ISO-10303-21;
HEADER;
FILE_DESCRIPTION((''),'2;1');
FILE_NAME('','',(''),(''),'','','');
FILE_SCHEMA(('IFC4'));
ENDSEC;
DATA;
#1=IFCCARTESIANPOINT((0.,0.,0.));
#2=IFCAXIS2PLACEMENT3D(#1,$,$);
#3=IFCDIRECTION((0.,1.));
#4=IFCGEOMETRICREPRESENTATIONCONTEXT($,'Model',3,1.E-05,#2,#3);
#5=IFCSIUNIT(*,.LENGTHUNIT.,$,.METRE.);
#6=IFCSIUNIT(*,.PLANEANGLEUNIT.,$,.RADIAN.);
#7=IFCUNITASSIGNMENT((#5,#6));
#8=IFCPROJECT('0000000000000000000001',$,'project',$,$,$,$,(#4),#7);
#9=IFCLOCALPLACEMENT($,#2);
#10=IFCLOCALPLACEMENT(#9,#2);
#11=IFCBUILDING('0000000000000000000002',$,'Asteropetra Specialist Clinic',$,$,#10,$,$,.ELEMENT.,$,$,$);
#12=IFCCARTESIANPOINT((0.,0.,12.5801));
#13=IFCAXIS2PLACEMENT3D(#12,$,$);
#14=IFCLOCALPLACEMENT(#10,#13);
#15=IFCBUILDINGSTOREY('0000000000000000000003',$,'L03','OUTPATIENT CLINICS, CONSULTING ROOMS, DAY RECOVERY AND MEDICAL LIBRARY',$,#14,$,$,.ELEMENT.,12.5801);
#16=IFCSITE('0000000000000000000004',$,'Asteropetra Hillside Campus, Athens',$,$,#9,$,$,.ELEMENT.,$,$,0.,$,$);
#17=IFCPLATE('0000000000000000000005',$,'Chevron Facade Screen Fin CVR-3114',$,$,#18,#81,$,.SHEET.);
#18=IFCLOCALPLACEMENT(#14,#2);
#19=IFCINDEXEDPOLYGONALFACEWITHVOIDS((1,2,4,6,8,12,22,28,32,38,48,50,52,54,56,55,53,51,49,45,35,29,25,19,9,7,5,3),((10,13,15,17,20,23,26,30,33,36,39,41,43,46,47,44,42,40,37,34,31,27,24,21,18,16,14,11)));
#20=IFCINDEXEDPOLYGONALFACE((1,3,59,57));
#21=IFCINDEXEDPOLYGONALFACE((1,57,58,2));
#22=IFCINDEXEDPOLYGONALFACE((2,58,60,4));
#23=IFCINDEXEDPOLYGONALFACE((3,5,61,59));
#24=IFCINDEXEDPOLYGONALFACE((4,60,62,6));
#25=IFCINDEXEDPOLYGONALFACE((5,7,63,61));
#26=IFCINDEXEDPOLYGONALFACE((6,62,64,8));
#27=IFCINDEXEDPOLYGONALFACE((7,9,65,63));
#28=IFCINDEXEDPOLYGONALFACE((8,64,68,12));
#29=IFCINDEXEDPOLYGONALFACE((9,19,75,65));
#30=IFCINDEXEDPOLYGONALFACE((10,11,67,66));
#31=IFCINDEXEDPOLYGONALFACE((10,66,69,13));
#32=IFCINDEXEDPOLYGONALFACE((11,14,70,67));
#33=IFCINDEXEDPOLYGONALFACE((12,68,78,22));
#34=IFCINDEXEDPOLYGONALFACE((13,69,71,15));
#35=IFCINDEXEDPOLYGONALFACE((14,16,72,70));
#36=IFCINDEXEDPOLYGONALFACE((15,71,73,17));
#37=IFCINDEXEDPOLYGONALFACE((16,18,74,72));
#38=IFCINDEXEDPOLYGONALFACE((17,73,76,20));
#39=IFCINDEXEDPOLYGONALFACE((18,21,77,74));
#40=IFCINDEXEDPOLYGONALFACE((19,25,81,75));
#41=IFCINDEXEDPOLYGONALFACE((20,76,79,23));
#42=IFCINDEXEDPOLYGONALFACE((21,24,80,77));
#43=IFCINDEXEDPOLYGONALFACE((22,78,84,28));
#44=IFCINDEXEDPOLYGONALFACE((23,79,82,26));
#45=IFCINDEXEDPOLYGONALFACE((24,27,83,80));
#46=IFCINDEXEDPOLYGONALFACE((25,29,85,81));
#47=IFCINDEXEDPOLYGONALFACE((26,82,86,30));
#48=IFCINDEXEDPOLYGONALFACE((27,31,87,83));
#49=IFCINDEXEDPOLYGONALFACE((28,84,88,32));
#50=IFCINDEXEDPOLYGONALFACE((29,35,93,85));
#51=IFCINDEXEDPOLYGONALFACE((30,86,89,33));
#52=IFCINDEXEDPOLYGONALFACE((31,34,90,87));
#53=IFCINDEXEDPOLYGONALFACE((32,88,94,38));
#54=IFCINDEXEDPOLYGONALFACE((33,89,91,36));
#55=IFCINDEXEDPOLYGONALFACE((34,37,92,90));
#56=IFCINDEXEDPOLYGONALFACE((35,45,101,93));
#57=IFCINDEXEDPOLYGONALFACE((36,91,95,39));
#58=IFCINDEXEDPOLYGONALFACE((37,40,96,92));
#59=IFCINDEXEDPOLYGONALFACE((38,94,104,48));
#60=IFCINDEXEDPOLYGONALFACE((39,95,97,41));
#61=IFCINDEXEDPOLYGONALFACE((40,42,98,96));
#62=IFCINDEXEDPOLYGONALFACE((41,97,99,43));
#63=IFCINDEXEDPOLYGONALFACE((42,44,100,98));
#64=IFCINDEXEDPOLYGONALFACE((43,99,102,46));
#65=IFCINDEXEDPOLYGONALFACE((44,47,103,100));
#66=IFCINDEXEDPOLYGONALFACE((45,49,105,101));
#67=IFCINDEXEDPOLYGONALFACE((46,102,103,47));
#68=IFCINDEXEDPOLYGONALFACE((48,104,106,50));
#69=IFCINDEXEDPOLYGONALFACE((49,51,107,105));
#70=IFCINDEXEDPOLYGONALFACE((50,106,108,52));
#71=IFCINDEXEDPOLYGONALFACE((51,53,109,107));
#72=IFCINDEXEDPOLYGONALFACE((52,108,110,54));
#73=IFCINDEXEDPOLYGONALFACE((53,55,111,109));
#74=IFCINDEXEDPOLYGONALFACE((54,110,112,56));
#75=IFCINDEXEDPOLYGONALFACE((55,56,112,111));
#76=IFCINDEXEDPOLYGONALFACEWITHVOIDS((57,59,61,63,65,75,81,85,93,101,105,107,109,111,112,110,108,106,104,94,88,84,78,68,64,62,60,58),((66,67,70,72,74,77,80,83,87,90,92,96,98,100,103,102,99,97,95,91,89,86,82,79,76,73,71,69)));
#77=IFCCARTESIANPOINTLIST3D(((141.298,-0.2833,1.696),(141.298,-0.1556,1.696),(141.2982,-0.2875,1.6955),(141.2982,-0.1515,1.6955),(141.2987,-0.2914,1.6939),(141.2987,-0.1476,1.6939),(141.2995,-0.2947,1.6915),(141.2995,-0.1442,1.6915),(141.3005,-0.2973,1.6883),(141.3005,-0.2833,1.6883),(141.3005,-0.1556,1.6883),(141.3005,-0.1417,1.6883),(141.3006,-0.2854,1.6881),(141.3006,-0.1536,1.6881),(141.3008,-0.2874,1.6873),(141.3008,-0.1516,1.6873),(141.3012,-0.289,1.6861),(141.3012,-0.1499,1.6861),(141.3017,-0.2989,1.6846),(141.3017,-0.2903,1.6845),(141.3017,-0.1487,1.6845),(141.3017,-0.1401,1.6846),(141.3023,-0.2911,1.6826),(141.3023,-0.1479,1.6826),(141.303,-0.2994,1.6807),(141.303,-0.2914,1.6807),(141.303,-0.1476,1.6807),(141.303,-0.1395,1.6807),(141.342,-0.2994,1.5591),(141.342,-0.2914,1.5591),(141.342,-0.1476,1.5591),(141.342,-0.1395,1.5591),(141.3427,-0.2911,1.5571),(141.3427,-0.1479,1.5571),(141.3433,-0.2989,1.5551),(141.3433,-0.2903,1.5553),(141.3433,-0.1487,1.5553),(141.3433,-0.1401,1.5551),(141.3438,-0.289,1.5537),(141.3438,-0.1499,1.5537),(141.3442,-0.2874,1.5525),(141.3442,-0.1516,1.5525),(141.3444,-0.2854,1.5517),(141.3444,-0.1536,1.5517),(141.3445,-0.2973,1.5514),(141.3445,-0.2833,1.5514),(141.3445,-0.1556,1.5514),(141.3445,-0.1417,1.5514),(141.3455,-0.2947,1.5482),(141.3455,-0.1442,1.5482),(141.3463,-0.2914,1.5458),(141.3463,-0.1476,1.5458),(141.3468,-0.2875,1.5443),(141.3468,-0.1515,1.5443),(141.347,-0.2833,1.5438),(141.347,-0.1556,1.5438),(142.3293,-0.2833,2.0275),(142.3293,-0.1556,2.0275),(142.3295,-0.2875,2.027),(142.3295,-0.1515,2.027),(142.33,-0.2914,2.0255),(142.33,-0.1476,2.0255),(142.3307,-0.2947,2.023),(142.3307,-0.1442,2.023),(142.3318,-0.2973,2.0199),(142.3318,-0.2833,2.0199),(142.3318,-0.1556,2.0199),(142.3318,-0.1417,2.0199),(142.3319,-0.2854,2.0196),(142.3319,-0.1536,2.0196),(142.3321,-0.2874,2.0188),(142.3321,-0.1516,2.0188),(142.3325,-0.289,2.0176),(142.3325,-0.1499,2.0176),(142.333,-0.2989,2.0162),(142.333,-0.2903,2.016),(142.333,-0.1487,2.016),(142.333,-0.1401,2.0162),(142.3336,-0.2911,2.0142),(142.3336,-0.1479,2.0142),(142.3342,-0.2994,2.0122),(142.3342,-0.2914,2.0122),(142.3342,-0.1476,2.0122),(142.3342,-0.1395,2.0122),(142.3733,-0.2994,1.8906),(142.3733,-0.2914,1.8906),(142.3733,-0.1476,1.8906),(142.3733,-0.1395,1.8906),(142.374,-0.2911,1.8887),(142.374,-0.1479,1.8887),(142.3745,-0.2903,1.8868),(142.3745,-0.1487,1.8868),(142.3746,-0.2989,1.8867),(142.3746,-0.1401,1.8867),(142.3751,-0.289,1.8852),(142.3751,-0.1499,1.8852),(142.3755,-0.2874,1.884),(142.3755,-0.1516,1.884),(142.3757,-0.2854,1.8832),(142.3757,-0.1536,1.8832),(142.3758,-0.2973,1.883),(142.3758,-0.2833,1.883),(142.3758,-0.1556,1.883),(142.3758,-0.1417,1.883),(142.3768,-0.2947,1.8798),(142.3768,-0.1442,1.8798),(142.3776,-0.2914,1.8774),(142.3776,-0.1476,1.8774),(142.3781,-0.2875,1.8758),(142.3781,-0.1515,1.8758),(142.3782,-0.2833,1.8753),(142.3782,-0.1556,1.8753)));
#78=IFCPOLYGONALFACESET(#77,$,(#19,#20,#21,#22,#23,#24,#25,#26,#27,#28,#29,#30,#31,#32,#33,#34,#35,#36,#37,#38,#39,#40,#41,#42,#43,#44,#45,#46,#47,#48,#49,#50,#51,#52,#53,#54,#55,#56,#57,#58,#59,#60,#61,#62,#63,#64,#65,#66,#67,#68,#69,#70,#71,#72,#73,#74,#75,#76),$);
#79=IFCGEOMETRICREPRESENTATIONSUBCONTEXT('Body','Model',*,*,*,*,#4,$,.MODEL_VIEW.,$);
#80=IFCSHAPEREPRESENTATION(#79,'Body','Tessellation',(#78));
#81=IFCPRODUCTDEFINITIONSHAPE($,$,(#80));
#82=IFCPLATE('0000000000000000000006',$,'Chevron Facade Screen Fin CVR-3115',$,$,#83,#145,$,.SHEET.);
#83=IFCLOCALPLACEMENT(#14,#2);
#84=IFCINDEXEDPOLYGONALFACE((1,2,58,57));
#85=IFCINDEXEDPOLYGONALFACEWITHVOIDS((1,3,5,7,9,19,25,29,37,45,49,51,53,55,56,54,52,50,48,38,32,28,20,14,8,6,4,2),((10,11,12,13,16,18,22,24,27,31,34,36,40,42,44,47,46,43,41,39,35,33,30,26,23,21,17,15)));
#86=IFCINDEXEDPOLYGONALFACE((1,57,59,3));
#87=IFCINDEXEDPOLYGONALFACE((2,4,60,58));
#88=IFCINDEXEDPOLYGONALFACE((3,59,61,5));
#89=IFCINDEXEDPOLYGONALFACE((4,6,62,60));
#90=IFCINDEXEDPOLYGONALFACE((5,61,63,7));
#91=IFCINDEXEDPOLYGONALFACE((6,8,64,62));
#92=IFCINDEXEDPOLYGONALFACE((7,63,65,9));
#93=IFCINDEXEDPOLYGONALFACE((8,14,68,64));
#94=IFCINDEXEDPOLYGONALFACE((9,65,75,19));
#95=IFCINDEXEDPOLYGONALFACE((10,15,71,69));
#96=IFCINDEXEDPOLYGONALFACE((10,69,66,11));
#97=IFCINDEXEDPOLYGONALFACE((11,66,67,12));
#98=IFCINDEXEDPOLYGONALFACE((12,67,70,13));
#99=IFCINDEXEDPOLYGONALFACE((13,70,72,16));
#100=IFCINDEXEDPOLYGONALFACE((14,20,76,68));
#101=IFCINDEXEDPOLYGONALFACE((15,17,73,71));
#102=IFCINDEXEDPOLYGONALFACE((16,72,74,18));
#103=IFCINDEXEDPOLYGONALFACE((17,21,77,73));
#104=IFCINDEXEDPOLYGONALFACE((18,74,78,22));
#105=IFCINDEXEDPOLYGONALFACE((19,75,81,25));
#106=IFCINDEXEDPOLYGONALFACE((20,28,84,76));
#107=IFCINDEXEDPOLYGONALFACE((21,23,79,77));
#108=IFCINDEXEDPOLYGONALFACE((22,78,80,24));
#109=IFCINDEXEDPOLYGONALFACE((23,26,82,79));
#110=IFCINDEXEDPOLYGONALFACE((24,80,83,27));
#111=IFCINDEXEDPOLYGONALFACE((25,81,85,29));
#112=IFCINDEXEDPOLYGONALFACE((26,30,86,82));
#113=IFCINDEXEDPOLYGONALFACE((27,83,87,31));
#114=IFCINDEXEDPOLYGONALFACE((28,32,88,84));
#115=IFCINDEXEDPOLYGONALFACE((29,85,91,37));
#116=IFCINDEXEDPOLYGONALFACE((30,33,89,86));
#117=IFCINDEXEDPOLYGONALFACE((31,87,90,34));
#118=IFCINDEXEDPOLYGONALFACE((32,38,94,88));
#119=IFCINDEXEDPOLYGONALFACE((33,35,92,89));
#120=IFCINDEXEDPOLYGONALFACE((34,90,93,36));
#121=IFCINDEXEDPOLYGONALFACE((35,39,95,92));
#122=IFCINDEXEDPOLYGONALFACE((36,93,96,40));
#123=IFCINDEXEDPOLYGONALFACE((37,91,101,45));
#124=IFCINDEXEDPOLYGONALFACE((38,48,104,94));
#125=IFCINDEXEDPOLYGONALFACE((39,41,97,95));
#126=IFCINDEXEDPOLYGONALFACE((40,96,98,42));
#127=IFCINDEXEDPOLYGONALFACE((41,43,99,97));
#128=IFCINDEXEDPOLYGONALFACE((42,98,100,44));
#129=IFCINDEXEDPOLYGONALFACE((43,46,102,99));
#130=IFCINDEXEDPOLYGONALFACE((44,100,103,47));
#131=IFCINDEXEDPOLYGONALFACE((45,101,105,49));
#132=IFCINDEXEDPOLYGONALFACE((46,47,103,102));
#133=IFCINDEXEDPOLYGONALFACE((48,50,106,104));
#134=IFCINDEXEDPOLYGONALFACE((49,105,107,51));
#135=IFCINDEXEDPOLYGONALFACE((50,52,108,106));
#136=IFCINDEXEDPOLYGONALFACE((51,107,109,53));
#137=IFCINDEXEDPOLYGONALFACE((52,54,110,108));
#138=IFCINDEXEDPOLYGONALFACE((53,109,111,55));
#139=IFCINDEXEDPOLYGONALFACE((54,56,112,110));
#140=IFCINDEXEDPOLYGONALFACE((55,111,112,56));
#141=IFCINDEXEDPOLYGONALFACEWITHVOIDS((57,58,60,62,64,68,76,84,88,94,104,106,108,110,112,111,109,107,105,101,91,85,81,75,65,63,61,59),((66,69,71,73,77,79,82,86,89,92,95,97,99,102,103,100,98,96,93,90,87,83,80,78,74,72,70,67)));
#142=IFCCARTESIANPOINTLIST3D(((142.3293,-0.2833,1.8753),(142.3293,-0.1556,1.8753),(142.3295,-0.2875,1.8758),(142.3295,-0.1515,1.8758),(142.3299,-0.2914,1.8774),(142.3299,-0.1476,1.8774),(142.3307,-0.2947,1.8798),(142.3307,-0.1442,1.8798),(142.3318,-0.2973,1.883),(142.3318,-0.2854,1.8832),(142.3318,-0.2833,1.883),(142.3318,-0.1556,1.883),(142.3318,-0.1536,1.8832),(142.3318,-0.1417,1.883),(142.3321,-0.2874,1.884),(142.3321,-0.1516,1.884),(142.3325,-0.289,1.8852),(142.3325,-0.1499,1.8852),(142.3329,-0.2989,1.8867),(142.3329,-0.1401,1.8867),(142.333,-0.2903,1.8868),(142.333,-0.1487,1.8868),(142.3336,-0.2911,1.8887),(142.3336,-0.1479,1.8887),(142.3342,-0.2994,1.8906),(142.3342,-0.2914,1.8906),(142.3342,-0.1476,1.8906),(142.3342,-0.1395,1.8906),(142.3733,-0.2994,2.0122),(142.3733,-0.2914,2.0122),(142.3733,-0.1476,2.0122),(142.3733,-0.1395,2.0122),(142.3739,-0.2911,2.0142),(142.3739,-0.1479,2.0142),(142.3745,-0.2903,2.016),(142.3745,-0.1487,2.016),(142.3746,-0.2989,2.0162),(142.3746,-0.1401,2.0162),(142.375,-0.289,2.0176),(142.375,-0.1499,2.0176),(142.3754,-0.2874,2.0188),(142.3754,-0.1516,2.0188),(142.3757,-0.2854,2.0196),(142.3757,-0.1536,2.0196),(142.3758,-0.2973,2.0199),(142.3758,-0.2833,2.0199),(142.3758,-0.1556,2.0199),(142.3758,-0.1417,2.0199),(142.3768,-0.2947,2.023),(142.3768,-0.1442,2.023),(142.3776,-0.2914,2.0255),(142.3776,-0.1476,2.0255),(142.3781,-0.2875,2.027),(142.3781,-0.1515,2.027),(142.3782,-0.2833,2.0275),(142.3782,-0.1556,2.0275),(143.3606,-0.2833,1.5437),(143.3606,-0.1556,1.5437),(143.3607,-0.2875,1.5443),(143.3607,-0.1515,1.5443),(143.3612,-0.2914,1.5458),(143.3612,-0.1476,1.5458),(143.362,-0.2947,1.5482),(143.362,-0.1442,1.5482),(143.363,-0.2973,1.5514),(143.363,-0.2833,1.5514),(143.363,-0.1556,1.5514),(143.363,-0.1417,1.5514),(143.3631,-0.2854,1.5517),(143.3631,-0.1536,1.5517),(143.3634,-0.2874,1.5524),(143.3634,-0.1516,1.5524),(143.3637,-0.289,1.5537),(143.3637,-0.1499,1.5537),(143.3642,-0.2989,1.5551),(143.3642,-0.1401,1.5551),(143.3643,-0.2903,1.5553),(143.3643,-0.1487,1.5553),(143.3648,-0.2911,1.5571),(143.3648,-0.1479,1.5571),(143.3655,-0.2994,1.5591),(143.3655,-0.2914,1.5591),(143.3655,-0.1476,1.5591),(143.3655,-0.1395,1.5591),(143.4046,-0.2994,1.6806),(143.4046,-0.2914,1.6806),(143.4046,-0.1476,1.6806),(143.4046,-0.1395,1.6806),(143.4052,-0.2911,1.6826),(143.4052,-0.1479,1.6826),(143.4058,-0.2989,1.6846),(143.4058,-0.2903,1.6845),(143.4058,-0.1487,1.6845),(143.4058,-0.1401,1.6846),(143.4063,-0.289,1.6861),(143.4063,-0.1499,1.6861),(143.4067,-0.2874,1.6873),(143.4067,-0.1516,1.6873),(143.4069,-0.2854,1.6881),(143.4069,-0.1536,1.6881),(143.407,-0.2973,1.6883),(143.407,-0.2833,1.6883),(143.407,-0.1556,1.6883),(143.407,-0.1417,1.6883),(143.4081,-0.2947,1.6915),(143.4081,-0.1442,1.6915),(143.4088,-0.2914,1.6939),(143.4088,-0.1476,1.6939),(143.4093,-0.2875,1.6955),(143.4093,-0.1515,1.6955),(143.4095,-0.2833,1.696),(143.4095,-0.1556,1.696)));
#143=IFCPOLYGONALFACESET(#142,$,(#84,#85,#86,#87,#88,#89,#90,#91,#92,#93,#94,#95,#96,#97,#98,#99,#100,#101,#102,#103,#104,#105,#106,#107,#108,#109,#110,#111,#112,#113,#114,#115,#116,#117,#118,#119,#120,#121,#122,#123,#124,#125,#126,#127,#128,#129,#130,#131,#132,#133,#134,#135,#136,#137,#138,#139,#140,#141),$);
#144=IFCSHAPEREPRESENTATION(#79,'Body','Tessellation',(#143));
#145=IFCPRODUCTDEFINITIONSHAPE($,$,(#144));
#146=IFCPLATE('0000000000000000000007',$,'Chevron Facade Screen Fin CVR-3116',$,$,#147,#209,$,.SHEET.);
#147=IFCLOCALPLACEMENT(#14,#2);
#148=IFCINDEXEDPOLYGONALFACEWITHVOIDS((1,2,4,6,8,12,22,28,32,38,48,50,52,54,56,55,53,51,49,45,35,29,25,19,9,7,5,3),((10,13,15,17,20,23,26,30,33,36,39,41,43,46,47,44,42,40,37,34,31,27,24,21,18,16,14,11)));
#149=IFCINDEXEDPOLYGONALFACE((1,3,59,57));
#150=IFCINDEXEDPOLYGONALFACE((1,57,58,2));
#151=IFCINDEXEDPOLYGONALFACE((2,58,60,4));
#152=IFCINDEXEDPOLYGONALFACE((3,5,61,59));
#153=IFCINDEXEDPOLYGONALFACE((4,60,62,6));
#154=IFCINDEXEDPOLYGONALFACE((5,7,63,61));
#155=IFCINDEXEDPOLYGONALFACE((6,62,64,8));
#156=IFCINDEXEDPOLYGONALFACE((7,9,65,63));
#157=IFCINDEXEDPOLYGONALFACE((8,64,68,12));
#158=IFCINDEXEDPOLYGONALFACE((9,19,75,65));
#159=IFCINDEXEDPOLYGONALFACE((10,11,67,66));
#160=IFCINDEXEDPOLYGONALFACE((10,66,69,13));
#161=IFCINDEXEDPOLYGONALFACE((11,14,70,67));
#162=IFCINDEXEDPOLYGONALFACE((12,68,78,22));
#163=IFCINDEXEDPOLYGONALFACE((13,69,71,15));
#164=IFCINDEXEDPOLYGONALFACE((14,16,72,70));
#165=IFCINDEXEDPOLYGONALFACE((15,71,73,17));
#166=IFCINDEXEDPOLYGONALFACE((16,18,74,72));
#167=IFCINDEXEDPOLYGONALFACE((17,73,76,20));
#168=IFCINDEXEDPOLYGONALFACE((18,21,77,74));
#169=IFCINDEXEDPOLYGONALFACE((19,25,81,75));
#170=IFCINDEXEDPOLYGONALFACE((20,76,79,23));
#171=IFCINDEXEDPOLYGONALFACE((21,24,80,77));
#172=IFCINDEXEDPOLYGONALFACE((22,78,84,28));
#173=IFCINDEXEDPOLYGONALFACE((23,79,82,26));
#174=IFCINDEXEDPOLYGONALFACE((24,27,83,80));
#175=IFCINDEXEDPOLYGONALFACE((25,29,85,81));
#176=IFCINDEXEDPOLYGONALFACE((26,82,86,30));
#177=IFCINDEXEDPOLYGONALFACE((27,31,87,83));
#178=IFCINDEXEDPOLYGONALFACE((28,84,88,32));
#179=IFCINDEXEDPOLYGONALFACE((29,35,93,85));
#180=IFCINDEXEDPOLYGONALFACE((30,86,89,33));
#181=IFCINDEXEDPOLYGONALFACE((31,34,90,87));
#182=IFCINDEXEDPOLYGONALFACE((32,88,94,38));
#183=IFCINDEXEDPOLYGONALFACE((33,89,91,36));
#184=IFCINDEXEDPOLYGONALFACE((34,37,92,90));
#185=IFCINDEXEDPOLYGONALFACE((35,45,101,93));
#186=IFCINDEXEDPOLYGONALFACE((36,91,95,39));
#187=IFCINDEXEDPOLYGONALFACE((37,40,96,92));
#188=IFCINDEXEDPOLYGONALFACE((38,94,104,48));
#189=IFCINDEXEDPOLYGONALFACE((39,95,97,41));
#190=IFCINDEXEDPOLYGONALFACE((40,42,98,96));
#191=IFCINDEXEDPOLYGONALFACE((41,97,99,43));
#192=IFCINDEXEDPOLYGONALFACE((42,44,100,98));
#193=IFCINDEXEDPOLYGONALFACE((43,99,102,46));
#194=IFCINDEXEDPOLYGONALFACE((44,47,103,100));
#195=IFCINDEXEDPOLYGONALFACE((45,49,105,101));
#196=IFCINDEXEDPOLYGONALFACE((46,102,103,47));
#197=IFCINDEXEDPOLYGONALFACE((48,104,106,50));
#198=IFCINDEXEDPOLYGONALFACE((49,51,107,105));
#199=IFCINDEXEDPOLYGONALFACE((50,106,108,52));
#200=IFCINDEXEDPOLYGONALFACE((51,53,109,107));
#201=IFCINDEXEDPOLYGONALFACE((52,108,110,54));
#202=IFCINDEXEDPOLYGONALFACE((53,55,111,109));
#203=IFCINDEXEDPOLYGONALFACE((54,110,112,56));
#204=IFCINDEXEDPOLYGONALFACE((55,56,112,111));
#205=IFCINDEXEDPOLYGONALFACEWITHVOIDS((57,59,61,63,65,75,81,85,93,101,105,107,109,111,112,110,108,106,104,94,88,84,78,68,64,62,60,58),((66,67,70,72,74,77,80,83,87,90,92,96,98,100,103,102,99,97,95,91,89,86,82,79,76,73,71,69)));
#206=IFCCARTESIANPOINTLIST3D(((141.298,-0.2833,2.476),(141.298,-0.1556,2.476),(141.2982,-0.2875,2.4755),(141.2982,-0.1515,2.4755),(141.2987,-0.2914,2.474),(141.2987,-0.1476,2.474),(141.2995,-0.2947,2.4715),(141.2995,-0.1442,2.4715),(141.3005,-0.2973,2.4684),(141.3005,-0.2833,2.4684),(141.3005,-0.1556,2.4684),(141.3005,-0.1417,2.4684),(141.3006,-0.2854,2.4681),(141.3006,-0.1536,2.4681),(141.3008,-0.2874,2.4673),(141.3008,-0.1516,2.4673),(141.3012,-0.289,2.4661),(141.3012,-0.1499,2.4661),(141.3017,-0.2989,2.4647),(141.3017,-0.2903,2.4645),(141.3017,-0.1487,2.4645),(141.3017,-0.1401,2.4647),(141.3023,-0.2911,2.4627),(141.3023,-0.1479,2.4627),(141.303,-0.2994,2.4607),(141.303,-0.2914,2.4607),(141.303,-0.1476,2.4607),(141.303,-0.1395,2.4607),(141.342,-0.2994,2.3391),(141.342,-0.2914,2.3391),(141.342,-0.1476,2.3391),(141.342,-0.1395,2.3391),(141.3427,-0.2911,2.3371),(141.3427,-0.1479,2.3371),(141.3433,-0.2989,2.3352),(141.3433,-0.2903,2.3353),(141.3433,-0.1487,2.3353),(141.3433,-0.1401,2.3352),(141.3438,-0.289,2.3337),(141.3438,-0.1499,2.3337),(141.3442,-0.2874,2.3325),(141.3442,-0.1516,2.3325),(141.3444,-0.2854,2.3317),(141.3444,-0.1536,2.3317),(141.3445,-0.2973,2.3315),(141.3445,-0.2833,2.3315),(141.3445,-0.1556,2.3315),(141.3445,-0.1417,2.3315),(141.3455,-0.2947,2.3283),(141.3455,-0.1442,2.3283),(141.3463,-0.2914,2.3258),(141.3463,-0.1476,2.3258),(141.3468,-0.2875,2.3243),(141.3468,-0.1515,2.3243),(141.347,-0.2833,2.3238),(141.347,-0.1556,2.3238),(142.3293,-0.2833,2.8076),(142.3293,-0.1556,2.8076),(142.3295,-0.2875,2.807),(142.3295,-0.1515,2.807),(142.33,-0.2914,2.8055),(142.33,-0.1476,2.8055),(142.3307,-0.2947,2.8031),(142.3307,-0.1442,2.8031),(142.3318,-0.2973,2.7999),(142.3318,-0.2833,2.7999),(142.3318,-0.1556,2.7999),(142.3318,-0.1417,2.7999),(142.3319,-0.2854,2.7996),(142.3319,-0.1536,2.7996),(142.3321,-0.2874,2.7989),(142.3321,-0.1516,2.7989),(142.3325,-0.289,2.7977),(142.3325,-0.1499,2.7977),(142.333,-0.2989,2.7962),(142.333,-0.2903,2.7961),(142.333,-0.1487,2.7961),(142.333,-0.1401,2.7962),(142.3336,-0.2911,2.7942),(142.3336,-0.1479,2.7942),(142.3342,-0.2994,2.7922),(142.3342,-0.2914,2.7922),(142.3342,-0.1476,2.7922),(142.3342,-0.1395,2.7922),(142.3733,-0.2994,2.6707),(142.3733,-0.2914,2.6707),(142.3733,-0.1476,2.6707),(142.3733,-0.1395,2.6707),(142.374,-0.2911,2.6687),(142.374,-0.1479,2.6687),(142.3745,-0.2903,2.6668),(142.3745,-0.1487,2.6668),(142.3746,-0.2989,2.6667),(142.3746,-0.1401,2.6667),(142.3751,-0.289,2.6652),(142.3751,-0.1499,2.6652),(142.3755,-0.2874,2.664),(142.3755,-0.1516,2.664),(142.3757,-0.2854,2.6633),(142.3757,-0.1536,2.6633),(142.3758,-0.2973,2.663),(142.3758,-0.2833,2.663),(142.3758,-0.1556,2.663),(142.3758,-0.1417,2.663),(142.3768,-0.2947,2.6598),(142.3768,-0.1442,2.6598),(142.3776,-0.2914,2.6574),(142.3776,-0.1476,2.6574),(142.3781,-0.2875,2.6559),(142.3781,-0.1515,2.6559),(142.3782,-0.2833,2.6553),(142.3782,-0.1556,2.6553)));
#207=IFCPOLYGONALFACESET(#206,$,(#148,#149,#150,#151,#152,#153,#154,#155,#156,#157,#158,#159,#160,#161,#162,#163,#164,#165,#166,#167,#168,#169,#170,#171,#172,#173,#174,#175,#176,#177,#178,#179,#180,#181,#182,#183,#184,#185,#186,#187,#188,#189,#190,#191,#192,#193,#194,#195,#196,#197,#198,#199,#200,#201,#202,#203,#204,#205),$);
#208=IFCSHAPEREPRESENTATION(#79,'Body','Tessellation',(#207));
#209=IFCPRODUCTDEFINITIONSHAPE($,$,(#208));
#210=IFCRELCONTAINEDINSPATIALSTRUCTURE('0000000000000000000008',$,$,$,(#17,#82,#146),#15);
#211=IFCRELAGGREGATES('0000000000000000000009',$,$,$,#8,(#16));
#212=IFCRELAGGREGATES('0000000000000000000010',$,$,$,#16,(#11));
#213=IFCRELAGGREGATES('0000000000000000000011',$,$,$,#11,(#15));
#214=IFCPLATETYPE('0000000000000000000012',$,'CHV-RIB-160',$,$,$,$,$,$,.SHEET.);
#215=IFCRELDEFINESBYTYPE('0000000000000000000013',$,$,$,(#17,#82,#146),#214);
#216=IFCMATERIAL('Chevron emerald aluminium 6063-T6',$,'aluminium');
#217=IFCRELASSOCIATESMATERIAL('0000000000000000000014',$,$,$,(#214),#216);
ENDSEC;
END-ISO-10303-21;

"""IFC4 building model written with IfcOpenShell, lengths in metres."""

from ifc_helpers import new_model, si_unit, direction, frame, origin, origin_2d, place, context, subcontext, project, spatial, hollow_rectangle, extrude, material, material_profile, profile_set, type_object, element, save


model = new_model("IFC4")

# Units and contexts
model_context = context("Model", 3, precision=1e-05, world=origin(), true_north=direction((0.0, 1.0)))
body_context = subcontext(model_context, "Body", "Model", "MODEL_VIEW")
ifc_project = project(units=[si_unit("LENGTHUNIT", "METRE"), si_unit("PLANEANGLEUNIT", "RADIAN")], contexts=[model_context])

# Site, building, storey
site_placement = place(None, origin())
site = spatial("IfcSite", under=ifc_project, at=site_placement, Name="Asteropetra Hillside Campus, Athens", CompositionType="ELEMENT", RefElevation=0.0)
building_placement = place(site_placement, origin())
building = spatial("IfcBuilding", under=site, at=building_placement, Name="Asteropetra Specialist Clinic", CompositionType="ELEMENT")
storey_placement = place(building_placement, frame((0.0, 0.0, 12.5801)))
storey = spatial("IfcBuildingStorey", under=building, at=storey_placement, Name="L03", Description="OUTPATIENT CLINICS, CONSULTING ROOMS, DAY RECOVERY AND MEDICAL LIBRARY", CompositionType="ELEMENT", Elevation=12.5801)

# Plates
ifc_material_1 = material(Name="Chevron emerald aluminium 6063-T6", Category="aluminium")
ifc_material_profile_1 = material_profile(ifc_material_1, hollow_rectangle(XDim=0.1599, YDim=0.1599, WallThickness=0.0081, InnerFilletRadius=0.0081, OuterFilletRadius=0.0161, at=origin_2d()), Name="SHS 160x160x8.0")
ifc_profile_set_1 = profile_set([ifc_material_profile_1], Name="Chevron emerald aluminium 6063-T6")
plate_type_1 = type_object("IfcPlateType", Name="CHV-RIB-160", PredefinedType="SHEET", material=ifc_profile_set_1)
for number, where, z_axis, x_axis, name in (
    (1, (141.3225, -0.2195, 1.6199), (0.95201, 0.0, 0.306068), (0.0, 1.0, 0.0), "Chevron Facade Screen Fin CVR-3114"),
    (2, (142.3538, -0.2195, 1.9514), (0.95201, 0.0, -0.306068), (0.0, 1.0, 0.0), "Chevron Facade Screen Fin CVR-3115"),
    (3, (141.3225, -0.2195, 2.3999), (0.95201, 0.0, 0.306068), (0.0, 1.0, 0.0), "Chevron Facade Screen Fin CVR-3116"),
):
    element("IfcPlate", number, at=place(storey_placement, frame(where, z_axis=z_axis, x_axis=x_axis)), inside=storey, type_object=plate_type_1, Name=name, PredefinedType="SHEET", context=body_context, shape_type="SweptSolid", body=[
        extrude(hollow_rectangle(XDim=0.1599, YDim=0.1599, WallThickness=0.0081, InnerFilletRadius=0.0081, OuterFilletRadius=0.0161, at=origin_2d()), origin(), (0.0, 0.0, 1.0), 1.0833),
    ])

save(model, "model.ifc")
